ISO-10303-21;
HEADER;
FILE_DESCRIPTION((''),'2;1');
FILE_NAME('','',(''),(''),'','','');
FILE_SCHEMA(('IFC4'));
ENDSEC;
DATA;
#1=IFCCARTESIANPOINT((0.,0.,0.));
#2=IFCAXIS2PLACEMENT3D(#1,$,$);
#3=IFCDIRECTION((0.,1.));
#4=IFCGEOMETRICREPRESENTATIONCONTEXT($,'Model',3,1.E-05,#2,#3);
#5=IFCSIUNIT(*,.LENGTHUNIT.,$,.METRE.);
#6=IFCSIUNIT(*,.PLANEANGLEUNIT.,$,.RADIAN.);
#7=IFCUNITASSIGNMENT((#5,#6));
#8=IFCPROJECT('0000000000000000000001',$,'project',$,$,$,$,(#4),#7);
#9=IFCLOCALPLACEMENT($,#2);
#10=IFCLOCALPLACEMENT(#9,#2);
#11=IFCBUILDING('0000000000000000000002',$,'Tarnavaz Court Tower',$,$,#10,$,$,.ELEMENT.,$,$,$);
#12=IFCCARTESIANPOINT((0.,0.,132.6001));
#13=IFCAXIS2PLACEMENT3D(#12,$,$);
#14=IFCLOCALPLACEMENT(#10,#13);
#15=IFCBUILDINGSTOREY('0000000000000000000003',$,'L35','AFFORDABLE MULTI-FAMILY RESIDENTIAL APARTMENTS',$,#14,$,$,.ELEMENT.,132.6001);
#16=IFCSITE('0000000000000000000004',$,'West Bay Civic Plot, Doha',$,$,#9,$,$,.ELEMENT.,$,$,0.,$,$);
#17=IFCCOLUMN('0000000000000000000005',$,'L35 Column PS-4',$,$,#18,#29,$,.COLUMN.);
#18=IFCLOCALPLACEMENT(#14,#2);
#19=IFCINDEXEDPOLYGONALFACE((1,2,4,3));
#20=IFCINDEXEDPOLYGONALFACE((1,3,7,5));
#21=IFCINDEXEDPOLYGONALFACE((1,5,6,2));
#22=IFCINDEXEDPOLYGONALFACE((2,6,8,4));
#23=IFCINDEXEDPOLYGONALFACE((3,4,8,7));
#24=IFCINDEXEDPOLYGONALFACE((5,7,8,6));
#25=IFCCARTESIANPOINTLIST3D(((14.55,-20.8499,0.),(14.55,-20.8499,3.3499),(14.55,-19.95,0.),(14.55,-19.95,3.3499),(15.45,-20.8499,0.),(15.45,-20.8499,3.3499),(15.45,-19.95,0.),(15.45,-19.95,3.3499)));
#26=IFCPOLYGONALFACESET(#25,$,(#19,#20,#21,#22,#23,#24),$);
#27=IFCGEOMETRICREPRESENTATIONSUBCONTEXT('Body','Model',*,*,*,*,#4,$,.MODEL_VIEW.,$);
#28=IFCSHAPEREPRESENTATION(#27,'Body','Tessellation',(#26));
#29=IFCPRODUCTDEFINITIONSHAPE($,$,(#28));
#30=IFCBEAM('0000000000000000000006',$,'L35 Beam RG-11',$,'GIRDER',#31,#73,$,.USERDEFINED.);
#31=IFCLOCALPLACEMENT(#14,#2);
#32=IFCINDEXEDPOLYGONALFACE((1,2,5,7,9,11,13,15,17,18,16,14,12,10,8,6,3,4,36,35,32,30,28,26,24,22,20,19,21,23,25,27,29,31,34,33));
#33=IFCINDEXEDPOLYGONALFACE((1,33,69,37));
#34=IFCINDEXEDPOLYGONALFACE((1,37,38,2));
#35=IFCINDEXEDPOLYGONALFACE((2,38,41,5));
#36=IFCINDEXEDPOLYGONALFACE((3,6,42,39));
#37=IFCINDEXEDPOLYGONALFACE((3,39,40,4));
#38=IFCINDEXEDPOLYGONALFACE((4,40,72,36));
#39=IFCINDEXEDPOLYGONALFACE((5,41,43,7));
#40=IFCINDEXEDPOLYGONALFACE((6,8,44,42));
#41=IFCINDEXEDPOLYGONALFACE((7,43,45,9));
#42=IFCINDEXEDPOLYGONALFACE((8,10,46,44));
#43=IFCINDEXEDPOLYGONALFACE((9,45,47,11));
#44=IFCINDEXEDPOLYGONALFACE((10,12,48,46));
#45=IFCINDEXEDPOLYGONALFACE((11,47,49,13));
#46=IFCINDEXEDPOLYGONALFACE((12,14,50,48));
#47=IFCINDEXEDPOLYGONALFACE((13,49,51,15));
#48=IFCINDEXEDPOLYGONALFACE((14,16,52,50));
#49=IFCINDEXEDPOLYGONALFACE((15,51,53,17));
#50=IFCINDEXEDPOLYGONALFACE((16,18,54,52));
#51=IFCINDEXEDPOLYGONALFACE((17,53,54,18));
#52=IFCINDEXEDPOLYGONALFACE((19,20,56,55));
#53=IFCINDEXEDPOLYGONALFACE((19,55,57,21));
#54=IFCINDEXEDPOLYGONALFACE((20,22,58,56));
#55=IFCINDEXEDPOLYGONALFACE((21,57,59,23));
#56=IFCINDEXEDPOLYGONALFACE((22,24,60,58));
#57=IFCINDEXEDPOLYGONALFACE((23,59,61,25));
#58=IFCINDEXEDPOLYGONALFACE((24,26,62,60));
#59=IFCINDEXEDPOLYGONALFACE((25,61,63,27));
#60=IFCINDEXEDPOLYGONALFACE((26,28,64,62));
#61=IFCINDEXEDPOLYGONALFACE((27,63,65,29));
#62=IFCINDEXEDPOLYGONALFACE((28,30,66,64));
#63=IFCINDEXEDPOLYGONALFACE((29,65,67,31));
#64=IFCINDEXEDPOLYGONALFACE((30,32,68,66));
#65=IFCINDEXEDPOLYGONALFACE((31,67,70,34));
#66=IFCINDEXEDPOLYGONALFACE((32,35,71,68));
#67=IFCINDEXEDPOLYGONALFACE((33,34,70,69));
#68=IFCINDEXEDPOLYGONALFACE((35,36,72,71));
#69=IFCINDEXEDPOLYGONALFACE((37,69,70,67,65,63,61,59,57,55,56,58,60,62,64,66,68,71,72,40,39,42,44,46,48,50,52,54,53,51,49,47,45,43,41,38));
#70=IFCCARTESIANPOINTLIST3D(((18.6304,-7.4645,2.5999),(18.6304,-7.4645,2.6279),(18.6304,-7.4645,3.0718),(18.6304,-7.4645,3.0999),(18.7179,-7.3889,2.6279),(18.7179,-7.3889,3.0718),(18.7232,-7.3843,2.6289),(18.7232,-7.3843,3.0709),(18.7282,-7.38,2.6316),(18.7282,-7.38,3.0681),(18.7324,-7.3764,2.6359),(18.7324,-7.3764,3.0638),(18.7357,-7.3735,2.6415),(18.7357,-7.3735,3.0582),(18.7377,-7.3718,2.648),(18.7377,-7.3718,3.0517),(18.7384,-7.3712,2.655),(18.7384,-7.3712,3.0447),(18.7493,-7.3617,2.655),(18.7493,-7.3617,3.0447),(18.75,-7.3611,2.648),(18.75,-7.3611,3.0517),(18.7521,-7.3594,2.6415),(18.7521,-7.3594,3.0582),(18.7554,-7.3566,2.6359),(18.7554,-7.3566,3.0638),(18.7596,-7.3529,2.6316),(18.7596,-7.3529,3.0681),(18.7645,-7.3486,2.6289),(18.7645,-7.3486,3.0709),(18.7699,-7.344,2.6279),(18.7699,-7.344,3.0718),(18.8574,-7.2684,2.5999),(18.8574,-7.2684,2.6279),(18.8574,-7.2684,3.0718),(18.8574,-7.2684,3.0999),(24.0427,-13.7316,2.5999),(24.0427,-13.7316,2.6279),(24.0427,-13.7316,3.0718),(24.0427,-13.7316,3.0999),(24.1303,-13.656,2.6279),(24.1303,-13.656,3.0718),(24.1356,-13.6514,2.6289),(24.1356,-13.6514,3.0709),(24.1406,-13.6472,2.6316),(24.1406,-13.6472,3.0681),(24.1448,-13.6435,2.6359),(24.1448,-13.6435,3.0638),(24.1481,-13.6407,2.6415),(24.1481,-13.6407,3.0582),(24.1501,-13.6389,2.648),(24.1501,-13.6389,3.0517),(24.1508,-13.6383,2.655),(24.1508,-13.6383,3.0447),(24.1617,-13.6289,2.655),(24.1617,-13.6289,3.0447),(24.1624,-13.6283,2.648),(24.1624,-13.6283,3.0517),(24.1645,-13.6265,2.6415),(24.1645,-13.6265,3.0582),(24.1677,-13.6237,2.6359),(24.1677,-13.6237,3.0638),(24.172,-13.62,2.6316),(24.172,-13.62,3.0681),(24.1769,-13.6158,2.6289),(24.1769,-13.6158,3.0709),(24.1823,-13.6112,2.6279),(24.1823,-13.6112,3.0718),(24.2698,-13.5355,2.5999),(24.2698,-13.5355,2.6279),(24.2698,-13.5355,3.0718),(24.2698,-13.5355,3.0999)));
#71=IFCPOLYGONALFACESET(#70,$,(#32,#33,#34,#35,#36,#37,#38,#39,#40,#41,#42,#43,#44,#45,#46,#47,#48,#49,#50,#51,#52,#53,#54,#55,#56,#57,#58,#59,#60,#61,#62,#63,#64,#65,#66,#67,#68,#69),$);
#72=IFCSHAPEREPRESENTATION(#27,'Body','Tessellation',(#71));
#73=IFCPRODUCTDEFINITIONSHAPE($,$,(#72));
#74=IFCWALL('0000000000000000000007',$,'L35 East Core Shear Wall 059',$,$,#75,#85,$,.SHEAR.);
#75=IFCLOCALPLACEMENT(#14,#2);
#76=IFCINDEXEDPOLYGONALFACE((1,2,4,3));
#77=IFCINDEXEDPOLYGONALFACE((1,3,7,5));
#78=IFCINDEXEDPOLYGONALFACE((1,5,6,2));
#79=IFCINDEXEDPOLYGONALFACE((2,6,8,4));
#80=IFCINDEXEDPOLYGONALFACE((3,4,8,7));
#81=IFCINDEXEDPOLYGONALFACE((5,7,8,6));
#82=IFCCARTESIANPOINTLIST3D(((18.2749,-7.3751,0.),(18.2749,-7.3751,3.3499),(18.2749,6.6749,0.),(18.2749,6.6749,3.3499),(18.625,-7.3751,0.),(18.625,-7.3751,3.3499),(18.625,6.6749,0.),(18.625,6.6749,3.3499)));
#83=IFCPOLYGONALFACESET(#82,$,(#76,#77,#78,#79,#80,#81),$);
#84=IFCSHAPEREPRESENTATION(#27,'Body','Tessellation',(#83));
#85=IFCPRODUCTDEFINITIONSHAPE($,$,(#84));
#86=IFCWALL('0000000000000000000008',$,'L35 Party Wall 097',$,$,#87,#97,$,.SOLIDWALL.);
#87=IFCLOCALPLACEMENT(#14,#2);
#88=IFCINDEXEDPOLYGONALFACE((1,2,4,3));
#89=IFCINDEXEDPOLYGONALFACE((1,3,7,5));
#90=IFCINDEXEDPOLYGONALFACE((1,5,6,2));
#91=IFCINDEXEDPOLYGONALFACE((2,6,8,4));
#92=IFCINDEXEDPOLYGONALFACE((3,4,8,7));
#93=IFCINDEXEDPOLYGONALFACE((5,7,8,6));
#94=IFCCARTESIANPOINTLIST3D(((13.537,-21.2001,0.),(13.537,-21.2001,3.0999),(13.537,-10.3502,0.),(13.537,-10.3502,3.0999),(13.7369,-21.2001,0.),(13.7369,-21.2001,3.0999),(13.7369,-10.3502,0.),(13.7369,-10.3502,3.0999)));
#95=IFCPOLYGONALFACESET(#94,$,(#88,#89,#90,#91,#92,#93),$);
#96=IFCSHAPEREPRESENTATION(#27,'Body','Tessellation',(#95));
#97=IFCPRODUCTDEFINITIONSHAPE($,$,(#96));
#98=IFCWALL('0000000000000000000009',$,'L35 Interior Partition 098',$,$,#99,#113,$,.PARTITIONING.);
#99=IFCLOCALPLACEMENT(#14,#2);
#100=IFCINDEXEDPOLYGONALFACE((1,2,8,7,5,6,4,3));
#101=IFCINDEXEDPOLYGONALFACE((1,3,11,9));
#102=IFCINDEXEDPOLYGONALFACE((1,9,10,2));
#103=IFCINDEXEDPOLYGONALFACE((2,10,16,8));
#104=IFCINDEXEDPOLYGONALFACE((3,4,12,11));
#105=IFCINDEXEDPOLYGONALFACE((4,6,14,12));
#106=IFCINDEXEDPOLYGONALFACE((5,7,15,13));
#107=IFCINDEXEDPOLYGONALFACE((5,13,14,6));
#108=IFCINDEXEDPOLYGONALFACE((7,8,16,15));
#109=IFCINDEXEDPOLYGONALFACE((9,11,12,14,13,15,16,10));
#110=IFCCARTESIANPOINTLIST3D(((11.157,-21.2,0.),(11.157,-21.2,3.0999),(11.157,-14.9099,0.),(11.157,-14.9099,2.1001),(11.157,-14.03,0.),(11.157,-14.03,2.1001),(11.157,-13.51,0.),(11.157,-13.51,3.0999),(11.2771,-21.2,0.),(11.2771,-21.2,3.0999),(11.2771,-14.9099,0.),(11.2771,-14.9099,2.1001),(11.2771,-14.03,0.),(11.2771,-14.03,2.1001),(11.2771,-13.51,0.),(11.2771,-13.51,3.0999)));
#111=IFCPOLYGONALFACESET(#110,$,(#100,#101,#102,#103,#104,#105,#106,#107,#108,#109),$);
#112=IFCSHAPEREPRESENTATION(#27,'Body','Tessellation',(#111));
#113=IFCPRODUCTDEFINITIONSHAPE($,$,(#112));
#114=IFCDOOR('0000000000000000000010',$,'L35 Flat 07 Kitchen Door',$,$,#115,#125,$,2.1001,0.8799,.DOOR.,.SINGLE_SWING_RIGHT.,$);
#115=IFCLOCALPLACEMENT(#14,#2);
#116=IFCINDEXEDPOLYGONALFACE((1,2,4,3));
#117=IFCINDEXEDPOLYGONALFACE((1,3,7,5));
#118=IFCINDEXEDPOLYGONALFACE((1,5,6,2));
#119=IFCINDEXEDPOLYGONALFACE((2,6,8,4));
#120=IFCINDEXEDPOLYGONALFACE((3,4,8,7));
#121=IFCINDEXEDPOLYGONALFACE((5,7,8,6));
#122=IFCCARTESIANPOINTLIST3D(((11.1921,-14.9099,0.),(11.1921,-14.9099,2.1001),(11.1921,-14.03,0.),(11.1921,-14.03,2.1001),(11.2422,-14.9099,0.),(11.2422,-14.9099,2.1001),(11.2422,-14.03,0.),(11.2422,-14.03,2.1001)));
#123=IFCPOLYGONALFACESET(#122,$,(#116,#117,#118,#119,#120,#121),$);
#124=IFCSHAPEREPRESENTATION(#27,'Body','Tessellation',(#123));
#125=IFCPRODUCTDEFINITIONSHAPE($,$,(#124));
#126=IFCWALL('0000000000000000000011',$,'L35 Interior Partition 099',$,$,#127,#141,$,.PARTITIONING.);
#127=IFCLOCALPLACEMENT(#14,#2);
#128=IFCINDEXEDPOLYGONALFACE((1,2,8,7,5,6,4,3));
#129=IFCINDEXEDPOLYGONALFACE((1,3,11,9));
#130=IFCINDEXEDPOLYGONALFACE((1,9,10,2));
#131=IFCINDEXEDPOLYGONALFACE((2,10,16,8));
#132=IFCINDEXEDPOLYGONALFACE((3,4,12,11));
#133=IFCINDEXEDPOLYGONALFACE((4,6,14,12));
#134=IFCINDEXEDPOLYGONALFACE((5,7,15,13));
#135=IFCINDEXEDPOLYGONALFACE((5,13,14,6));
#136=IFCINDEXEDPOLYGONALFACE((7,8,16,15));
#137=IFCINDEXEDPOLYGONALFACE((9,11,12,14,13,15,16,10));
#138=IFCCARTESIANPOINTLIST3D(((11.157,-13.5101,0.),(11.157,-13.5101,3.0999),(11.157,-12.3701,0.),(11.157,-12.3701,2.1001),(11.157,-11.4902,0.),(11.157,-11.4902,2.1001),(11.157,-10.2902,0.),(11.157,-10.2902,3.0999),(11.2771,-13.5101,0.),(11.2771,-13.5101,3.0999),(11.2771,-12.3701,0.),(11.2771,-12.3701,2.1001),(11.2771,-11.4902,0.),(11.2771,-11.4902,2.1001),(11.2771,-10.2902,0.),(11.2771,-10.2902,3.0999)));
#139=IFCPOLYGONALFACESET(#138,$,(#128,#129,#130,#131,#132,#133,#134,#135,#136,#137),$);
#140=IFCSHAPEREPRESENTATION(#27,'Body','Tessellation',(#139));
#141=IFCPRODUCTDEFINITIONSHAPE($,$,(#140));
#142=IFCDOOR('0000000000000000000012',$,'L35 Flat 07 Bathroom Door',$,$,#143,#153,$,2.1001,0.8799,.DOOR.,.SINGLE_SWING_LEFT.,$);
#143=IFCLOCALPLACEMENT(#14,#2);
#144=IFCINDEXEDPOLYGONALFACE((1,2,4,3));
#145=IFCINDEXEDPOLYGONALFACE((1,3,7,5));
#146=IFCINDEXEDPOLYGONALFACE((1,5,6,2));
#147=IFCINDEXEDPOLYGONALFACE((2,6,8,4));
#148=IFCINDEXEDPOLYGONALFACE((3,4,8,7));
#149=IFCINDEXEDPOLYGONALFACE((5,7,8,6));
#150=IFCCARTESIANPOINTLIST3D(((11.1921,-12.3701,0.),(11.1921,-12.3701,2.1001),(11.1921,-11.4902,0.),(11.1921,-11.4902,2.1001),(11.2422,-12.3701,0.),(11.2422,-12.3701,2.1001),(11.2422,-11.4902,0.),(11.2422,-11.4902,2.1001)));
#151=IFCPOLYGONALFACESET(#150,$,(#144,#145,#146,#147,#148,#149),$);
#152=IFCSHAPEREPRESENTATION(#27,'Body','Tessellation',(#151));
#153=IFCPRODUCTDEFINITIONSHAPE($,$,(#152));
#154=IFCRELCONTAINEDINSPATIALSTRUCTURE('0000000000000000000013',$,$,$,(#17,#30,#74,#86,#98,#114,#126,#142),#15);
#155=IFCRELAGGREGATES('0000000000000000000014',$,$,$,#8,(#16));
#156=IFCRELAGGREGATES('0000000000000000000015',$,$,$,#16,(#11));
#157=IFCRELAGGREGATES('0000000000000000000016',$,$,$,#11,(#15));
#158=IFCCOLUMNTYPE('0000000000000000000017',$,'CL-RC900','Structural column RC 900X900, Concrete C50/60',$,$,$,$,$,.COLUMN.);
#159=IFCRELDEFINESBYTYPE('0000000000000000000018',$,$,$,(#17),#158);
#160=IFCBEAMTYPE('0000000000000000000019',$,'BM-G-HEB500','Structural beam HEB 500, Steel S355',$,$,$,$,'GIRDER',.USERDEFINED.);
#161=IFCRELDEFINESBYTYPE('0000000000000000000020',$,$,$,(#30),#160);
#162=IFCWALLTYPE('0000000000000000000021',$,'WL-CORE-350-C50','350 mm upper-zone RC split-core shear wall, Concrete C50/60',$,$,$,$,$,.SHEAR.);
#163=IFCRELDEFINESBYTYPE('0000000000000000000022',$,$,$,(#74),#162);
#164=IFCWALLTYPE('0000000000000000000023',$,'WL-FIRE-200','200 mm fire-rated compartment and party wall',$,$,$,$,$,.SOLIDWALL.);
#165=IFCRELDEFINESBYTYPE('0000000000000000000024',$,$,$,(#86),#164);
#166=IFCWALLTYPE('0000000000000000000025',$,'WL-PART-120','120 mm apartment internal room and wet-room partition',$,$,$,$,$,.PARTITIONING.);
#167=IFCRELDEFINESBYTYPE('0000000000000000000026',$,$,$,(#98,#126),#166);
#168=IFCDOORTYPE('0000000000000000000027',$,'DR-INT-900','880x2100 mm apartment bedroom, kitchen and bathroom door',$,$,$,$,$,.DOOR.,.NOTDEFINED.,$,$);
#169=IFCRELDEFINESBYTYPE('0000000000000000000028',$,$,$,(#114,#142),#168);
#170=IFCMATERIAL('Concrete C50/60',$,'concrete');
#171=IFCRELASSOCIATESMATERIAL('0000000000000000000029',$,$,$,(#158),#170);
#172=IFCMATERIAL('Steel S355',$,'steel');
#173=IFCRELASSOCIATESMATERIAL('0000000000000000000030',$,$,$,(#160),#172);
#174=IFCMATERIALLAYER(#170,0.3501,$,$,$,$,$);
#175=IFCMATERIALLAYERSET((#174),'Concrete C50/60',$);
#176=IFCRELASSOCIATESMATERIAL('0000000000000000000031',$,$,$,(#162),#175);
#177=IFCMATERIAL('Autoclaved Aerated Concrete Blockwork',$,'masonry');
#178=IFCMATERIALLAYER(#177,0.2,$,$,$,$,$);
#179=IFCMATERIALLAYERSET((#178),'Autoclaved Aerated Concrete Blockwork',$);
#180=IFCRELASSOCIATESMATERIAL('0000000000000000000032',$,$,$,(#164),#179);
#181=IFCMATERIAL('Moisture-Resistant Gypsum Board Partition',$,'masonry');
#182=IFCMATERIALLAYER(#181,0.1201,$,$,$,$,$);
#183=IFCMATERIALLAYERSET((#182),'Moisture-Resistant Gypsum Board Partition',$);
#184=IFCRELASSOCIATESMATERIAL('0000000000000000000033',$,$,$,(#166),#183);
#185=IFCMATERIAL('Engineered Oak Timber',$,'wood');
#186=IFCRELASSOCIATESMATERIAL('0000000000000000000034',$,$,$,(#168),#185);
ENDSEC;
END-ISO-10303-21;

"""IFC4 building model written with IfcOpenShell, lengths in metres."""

from ifc_helpers import new_model, si_unit, direction, frame, frame_2d, origin, origin_2d, place, context, subcontext, project, spatial, rectangle, i_section, extrude, material, layer, layer_set, material_profile, profile_set, type_object, element, fill, save


model = new_model("IFC4")

# Units and contexts
model_context = context("Model", 3, precision=1e-05, world=origin(), true_north=direction((0.0, 1.0)))
body_context = subcontext(model_context, "Body", "Model", "MODEL_VIEW")
ifc_project = project(units=[si_unit("LENGTHUNIT", "METRE"), si_unit("PLANEANGLEUNIT", "RADIAN")], contexts=[model_context])

# Site, building, storey
site_placement = place(None, origin())
site = spatial("IfcSite", under=ifc_project, at=site_placement, Name="West Bay Civic Plot, Doha", CompositionType="ELEMENT", RefElevation=0.0)
building_placement = place(site_placement, origin())
building = spatial("IfcBuilding", under=site, at=building_placement, Name="Tarnavaz Court Tower", CompositionType="ELEMENT")
storey_placement = place(building_placement, frame((0.0, 0.0, 132.6001)))
storey = spatial("IfcBuildingStorey", under=building, at=storey_placement, Name="L35", Description="AFFORDABLE MULTI-FAMILY RESIDENTIAL APARTMENTS", CompositionType="ELEMENT", Elevation=132.6001)

# Column
ifc_material_1 = material(Name="Concrete C50/60", Category="concrete")
ifc_material_profile_1 = material_profile(ifc_material_1, rectangle(XDim=0.8999, YDim=0.8999, at=origin_2d()), Name="RC 900X900")
ifc_profile_set_1 = profile_set([ifc_material_profile_1], Name="Concrete C50/60")
column_type = type_object("IfcColumnType", Name="CL-RC900", Description="Structural column RC 900X900, Concrete C50/60", PredefinedType="COLUMN", material=ifc_profile_set_1)
column_placement = place(storey_placement, frame((15.0, -20.3999, 0.0), z_axis=(0.0, 0.0, 1.0), x_axis=(1.0, 0.0, 0.0)))
element("IfcColumn", 1, at=column_placement, inside=storey, type_object=column_type, Name="L35 Column PS-4", PredefinedType="COLUMN", context=body_context, shape_type="SweptSolid", body=[
    extrude(rectangle(XDim=0.8999, YDim=0.8999, at=origin_2d()), origin(), (0.0, 0.0, 1.0), 3.3499),
])

# Beam
ifc_material_2 = material(Name="Steel S355", Category="steel")
ifc_material_profile_2 = material_profile(ifc_material_2, i_section(OverallWidth=0.3, OverallDepth=0.5, WebThickness=0.0144, FlangeThickness=0.0281, FilletRadius=0.0271, at=origin_2d()), Name="HEB 500")
ifc_profile_set_2 = profile_set([ifc_material_profile_2], Name="Steel S355")
beam_type = type_object("IfcBeamType", Name="BM-G-HEB500", Description="Structural beam HEB 500, Steel S355", ElementType="GIRDER", PredefinedType="USERDEFINED", material=ifc_profile_set_2)
beam_placement = place(storey_placement, frame((18.7439, -7.3665, 2.8499), z_axis=(0.653611, -0.756831, 0.0), x_axis=(0.756831, 0.653611, 0.0)))
element("IfcBeam", 2, at=beam_placement, inside=storey, type_object=beam_type, Name="L35 Beam RG-11", ObjectType="GIRDER", PredefinedType="USERDEFINED", context=body_context, shape_type="SweptSolid", body=[
    extrude(i_section(OverallWidth=0.3, OverallDepth=0.5, WebThickness=0.0144, FlangeThickness=0.0281, FilletRadius=0.0271, at=origin_2d()), origin(), (0.0, 0.0, 1.0), 8.2808),
])

# Walls
ifc_layer_1 = layer(ifc_material_1, 0.3501)
ifc_layer_set_1 = layer_set([ifc_layer_1], Name="Concrete C50/60")
wall_type_1 = type_object("IfcWallType", Name="WL-CORE-350-C50", Description="350 mm upper-zone RC split-core shear wall, Concrete C50/60", PredefinedType="SHEAR", material=ifc_layer_set_1)
wall_1_placement = place(storey_placement, frame((18.45, -7.375, 0.0), z_axis=(0.0, 0.0, 1.0), x_axis=(0.0, 1.0, 0.0)))
element("IfcWall", 3, at=wall_1_placement, inside=storey, type_object=wall_type_1, Name="L35 East Core Shear Wall 059", PredefinedType="SHEAR", context=body_context, shape_type="SweptSolid", body=[
    extrude(rectangle(XDim=14.05, YDim=0.3501, at=frame_2d((7.0249, 0.0))), origin(), (0.0, 0.0, 1.0), 3.3499),
])
ifc_material_3 = material(Name="Autoclaved Aerated Concrete Blockwork", Category="masonry")
ifc_layer_2 = layer(ifc_material_3, 0.2)
ifc_layer_set_2 = layer_set([ifc_layer_2], Name="Autoclaved Aerated Concrete Blockwork")
wall_type_2 = type_object("IfcWallType", Name="WL-FIRE-200", Description="200 mm fire-rated compartment and party wall", PredefinedType="SOLIDWALL", material=ifc_layer_set_2)
wall_2_placement = place(storey_placement, frame((13.637, -21.2, 0.0), z_axis=(0.0, 0.0, 1.0), x_axis=(0.0, 1.0, 0.0)))
element("IfcWall", 4, at=wall_2_placement, inside=storey, type_object=wall_type_2, Name="L35 Party Wall 097", PredefinedType="SOLIDWALL", context=body_context, shape_type="SweptSolid", body=[
    extrude(rectangle(XDim=10.8499, YDim=0.2, at=frame_2d((5.4248, 0.0))), origin(), (0.0, 0.0, 1.0), 3.0999),
])

# Walls, openings, doors
ifc_material_4 = material(Name="Moisture-Resistant Gypsum Board Partition", Category="masonry")
ifc_layer_3 = layer(ifc_material_4, 0.1201)
ifc_layer_set_3 = layer_set([ifc_layer_3], Name="Moisture-Resistant Gypsum Board Partition")
wall_type_3 = type_object("IfcWallType", Name="WL-PART-120", Description="120 mm apartment internal room and wet-room partition", PredefinedType="PARTITIONING", material=ifc_layer_set_3)
wall_3_placement = place(storey_placement, frame((11.217, -21.2, 0.0), z_axis=(0.0, 0.0, 1.0), x_axis=(0.0, 1.0, 0.0)))
wall_3 = element("IfcWall", 5, at=wall_3_placement, inside=storey, type_object=wall_type_3, Name="L35 Interior Partition 098", PredefinedType="PARTITIONING", context=body_context, shape_type="SweptSolid", body=[
    extrude(rectangle(XDim=7.6899, YDim=0.1201, at=frame_2d((3.845, 0.0))), origin(), (0.0, 0.0, 1.0), 3.0999),
])
opening_1_placement = place(wall_3_placement, frame((6.29, 0.0, 0.0)))
opening_1 = element("IfcOpeningElement", 6, at=opening_1_placement, cuts=wall_3, PredefinedType="OPENING", context=body_context, shape_type="SweptSolid", body=[
    extrude(rectangle(XDim=0.8799, YDim=2.1001, at=frame_2d((0.4399, 1.05))), frame((0.0, 0.0701, 0.0), z_axis=(0.0, -1.0, 0.0), x_axis=(1.0, 0.0, 0.0)), (0.0, 0.0, 1.0), 0.1401),
])
ifc_material_5 = material(Name="Engineered Oak Timber", Category="wood")
door_type = type_object("IfcDoorType", Name="DR-INT-900", Description="880x2100 mm apartment bedroom, kitchen and bathroom door", OperationType="NOTDEFINED", PredefinedType="DOOR", material=ifc_material_5)
door_1_placement = place(opening_1_placement, origin())
door_1 = element("IfcDoor", 7, at=door_1_placement, inside=storey, type_object=door_type, Name="L35 Flat 07 Kitchen Door", OperationType="SINGLE_SWING_RIGHT", OverallHeight=2.1001, OverallWidth=0.8799, PredefinedType="DOOR", context=body_context, shape_type="SweptSolid", body=[
    extrude(rectangle(XDim=0.8799, YDim=2.1001, at=frame_2d((0.4399, 1.05))), frame((0.0, 0.0249, 0.0), z_axis=(0.0, -1.0, 0.0), x_axis=(1.0, 0.0, 0.0)), (0.0, 0.0, 1.0), 0.05),
])
fill(opening_1, door_1)
wall_4_placement = place(storey_placement, frame((11.217, -13.51, 0.0), z_axis=(0.0, 0.0, 1.0), x_axis=(0.0, 1.0, 0.0)))
wall_4 = element("IfcWall", 8, at=wall_4_placement, inside=storey, type_object=wall_type_3, Name="L35 Interior Partition 099", PredefinedType="PARTITIONING", context=body_context, shape_type="SweptSolid", body=[
    extrude(rectangle(XDim=3.22, YDim=0.1201, at=frame_2d((1.6099, 0.0))), origin(), (0.0, 0.0, 1.0), 3.0999),
])
opening_2_placement = place(wall_4_placement, frame((1.1399, 0.0, 0.0)))
opening_2 = element("IfcOpeningElement", 9, at=opening_2_placement, cuts=wall_4, PredefinedType="OPENING", context=body_context, shape_type="SweptSolid", body=[
    extrude(rectangle(XDim=0.8799, YDim=2.1001, at=frame_2d((0.4399, 1.05))), frame((0.0, 0.0701, 0.0), z_axis=(0.0, -1.0, 0.0), x_axis=(1.0, 0.0, 0.0)), (0.0, 0.0, 1.0), 0.1401),
])
door_2_placement = place(opening_2_placement, origin())
door_2 = element("IfcDoor", 10, at=door_2_placement, inside=storey, type_object=door_type, Name="L35 Flat 07 Bathroom Door", OperationType="SINGLE_SWING_LEFT", OverallHeight=2.1001, OverallWidth=0.8799, PredefinedType="DOOR", context=body_context, shape_type="SweptSolid", body=[
    extrude(rectangle(XDim=0.8799, YDim=2.1001, at=frame_2d((0.4399, 1.05))), frame((0.0, 0.0249, 0.0), z_axis=(0.0, -1.0, 0.0), x_axis=(1.0, 0.0, 0.0)), (0.0, 0.0, 1.0), 0.05),
])
fill(opening_2, door_2)

save(model, "model.ifc")
